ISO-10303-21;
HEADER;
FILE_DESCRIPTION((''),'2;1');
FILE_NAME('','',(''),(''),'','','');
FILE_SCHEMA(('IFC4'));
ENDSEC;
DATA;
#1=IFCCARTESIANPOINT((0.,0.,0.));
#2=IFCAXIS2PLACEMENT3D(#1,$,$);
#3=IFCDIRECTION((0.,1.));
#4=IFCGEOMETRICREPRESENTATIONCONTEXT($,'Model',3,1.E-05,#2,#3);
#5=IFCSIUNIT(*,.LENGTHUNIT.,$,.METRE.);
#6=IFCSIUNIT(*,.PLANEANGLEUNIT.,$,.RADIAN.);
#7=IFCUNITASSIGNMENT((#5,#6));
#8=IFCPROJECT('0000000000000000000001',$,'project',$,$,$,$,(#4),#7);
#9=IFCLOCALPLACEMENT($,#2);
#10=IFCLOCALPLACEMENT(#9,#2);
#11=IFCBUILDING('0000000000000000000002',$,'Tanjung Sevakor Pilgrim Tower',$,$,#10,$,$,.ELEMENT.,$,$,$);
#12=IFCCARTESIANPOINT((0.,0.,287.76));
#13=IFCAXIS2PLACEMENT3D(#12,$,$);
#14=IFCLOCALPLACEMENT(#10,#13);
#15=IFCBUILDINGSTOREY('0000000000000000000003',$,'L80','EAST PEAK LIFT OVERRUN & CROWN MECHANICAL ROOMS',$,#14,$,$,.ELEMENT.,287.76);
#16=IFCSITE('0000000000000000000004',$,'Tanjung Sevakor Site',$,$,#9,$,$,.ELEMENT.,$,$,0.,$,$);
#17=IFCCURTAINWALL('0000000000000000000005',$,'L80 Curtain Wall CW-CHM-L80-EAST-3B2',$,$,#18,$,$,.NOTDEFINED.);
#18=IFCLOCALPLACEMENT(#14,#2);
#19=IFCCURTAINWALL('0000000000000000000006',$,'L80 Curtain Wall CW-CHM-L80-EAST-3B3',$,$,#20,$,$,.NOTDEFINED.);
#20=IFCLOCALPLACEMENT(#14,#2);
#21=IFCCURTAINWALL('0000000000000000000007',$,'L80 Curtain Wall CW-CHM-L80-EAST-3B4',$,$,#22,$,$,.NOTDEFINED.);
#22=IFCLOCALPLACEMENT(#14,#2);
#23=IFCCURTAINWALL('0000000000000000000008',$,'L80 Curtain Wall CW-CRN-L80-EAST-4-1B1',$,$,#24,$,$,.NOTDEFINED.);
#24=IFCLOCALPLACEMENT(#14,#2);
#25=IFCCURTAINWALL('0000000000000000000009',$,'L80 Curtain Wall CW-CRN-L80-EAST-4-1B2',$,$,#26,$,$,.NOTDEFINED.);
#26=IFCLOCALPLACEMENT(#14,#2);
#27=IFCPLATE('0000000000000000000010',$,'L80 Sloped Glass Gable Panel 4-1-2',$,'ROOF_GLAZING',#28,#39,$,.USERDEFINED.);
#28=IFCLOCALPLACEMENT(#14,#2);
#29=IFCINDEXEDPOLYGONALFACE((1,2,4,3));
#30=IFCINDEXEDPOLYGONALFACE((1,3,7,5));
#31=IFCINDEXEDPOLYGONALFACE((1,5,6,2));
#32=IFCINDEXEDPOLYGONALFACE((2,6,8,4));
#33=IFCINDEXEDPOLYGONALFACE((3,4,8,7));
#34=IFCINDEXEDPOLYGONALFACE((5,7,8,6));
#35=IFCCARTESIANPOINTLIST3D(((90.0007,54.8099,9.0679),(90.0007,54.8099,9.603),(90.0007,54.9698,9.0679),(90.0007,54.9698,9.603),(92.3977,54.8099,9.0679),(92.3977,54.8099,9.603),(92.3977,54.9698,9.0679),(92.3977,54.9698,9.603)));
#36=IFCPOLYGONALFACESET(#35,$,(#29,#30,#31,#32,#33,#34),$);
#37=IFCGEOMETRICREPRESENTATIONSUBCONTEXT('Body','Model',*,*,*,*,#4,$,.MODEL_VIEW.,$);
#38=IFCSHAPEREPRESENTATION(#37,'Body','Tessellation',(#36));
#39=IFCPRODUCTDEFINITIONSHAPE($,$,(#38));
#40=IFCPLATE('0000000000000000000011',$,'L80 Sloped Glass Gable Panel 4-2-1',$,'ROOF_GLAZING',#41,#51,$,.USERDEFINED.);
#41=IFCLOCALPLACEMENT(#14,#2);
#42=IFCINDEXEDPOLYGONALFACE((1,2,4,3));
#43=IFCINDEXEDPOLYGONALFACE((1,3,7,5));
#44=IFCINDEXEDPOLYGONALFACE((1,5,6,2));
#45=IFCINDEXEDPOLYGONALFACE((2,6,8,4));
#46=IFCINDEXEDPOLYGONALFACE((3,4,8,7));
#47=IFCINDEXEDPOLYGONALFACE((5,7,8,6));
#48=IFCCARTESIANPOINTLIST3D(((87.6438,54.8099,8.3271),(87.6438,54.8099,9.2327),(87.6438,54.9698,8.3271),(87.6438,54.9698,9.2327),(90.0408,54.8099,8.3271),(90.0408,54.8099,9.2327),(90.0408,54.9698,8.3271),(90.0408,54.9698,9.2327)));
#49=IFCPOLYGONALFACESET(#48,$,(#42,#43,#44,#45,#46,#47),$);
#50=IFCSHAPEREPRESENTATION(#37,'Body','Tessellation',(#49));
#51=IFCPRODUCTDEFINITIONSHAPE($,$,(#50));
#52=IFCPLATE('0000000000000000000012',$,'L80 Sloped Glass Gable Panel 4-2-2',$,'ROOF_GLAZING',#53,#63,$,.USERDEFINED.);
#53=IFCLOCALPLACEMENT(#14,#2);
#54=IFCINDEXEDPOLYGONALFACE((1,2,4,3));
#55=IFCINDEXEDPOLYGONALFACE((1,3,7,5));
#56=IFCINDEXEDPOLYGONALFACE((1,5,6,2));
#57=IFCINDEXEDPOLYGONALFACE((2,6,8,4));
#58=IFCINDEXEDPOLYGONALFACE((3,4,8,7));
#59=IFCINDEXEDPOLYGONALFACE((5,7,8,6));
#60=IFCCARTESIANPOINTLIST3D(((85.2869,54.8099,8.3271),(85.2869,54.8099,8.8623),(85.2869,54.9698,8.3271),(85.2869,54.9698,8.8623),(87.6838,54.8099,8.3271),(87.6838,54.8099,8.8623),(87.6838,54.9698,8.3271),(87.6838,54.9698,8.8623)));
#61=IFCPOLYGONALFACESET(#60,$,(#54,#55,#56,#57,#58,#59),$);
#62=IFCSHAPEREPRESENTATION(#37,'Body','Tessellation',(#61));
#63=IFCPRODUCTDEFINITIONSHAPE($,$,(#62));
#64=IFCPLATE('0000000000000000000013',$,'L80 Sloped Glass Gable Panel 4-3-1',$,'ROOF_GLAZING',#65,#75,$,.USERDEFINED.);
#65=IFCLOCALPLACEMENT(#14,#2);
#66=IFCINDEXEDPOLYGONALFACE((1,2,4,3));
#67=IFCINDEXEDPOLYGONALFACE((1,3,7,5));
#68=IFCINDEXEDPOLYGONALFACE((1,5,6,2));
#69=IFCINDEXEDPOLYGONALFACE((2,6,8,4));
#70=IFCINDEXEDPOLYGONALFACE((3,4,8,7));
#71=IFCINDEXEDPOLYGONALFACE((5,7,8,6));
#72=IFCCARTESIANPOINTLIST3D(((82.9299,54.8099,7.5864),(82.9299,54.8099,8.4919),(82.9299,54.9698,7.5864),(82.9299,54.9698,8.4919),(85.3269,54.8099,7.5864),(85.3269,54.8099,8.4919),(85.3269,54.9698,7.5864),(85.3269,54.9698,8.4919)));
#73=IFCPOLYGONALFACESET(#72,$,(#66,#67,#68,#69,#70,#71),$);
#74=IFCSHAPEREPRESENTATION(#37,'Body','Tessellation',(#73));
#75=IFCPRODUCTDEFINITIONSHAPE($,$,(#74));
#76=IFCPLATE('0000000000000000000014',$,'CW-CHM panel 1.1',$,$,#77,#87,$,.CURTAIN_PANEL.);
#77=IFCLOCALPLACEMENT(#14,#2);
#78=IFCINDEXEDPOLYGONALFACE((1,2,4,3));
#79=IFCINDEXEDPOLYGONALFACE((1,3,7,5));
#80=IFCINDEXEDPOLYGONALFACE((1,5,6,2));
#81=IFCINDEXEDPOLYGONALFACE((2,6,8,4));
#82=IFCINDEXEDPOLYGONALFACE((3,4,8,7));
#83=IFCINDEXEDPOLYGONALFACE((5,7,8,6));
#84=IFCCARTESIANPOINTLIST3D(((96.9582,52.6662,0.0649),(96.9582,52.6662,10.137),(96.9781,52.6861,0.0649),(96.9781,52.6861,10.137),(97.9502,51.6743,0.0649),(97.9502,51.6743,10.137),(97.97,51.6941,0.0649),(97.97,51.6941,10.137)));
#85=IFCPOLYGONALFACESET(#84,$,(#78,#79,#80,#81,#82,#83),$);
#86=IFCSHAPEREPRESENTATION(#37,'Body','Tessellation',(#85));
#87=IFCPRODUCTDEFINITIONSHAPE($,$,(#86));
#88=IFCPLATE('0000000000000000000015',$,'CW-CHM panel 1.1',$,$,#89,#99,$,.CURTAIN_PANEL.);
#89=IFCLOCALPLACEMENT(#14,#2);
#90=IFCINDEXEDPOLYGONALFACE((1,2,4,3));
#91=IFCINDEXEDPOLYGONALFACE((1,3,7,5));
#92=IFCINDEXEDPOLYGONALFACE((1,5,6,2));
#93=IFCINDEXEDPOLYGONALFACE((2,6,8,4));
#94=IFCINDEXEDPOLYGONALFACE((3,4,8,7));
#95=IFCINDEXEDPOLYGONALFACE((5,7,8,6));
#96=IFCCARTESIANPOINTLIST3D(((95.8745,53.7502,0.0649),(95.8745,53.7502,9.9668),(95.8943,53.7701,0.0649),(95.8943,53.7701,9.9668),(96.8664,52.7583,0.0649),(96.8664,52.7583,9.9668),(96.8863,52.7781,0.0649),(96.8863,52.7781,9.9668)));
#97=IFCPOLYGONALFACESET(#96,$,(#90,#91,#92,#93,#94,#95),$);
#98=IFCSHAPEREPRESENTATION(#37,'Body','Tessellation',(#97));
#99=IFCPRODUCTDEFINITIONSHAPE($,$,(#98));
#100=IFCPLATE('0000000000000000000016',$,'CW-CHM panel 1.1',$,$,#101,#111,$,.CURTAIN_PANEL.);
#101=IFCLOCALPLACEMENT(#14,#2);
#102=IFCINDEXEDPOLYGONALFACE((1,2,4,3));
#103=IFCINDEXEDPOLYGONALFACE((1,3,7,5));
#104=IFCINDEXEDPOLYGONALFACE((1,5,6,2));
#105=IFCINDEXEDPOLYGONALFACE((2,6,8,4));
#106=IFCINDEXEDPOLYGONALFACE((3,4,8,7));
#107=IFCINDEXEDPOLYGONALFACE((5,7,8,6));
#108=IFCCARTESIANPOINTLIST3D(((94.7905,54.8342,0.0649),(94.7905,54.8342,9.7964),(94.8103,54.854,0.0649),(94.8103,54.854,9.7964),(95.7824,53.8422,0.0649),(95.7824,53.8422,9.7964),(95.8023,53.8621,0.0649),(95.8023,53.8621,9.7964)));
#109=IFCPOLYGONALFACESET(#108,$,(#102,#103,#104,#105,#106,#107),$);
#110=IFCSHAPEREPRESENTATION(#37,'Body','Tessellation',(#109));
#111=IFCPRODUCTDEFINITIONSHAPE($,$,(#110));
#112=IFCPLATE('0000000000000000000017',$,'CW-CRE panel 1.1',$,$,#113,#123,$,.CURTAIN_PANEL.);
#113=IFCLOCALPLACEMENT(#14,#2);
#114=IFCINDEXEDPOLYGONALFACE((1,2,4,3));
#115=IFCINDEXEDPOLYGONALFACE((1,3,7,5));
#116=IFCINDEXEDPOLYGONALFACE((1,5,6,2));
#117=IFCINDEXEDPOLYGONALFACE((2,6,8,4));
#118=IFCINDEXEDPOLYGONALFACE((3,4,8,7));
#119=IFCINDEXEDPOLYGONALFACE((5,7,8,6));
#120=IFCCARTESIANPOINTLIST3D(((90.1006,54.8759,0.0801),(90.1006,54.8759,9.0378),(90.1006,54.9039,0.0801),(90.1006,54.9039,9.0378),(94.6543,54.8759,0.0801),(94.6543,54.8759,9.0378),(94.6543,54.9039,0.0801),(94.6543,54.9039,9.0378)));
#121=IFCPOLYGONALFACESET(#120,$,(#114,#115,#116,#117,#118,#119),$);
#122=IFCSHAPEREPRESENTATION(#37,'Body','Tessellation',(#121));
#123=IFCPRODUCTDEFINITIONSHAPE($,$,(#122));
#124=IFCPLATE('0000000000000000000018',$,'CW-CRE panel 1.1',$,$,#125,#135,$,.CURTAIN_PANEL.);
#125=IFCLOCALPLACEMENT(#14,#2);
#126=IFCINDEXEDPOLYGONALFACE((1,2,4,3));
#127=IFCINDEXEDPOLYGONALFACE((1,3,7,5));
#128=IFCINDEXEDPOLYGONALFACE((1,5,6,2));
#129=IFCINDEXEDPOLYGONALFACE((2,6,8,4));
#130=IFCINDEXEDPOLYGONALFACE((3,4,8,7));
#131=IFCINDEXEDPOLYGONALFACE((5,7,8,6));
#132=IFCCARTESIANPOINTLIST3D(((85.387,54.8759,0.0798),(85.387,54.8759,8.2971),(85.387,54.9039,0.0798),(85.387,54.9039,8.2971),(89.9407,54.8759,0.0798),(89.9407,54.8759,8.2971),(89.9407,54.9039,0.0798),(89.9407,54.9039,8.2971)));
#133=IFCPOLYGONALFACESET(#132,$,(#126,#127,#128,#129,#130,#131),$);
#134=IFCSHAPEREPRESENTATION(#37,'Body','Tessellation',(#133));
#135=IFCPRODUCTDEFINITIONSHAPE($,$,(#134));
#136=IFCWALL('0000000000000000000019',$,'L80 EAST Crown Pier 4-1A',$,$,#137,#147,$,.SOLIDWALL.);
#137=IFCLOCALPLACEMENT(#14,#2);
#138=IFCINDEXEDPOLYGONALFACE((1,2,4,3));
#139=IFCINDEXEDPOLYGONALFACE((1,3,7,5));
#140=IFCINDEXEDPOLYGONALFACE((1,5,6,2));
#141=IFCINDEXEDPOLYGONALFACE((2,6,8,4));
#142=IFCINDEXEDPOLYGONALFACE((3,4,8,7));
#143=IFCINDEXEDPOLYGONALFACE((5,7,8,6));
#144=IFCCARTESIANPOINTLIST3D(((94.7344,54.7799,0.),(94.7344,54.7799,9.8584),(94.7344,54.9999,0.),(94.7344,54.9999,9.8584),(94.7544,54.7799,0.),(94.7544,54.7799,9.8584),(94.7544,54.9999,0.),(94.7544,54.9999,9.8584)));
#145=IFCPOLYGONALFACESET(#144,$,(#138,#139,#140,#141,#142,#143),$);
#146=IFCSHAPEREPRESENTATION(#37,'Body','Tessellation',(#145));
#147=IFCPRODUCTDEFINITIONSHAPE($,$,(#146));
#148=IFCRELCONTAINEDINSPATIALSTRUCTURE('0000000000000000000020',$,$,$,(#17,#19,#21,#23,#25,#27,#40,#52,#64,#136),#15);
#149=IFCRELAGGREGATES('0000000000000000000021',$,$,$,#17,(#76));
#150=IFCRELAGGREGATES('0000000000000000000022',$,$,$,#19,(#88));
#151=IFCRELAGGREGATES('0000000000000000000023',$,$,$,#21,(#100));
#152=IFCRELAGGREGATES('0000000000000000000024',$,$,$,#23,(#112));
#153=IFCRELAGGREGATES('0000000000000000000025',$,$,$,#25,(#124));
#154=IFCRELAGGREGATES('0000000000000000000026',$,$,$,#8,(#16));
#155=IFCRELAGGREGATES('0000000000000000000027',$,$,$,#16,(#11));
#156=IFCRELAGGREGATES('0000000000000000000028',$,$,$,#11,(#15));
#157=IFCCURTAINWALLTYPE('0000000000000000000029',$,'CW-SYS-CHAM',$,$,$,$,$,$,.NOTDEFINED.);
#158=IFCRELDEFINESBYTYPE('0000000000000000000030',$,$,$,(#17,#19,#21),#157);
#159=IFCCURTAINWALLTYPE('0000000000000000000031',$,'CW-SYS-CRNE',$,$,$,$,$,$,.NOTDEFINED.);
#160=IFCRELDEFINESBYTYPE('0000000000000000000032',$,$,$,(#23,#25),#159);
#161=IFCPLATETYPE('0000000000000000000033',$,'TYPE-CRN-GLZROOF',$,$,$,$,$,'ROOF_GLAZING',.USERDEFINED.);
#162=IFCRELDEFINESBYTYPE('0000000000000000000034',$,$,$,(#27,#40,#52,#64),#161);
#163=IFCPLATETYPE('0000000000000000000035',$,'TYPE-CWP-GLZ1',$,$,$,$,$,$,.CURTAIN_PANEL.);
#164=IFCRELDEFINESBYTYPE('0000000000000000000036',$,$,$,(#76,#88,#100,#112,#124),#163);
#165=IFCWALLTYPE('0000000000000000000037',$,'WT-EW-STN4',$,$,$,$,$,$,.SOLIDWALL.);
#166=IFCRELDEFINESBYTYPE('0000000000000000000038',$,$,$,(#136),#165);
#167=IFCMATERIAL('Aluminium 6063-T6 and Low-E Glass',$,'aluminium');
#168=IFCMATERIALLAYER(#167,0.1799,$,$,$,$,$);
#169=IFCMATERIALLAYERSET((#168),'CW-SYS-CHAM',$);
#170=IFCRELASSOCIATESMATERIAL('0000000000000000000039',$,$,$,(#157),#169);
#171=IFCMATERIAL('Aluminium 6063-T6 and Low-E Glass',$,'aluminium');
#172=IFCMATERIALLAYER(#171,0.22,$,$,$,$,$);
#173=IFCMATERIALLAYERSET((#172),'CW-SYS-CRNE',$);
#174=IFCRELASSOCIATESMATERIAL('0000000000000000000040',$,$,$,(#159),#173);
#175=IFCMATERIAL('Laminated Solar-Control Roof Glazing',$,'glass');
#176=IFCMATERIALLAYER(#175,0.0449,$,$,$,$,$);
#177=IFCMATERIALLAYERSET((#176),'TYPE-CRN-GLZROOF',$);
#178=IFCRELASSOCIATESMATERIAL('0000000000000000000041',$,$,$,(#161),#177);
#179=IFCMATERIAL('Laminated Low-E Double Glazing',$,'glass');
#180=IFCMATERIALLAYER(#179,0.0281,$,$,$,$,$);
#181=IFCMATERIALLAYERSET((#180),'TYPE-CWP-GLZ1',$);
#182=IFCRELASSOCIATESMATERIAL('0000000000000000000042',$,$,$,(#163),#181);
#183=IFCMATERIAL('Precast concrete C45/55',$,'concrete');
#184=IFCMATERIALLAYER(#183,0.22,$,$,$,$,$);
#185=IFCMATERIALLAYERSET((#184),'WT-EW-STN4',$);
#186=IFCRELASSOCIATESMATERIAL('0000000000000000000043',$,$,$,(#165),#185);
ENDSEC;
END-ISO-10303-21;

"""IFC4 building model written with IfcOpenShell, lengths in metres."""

from ifc_helpers import new_model, si_unit, direction, frame, frame_2d, origin, origin_2d, place, context, subcontext, project, spatial, rectangle, extrude, material, layer, layer_set, type_object, element, aggregate, save


model = new_model("IFC4")

# Units and contexts
model_context = context("Model", 3, precision=1e-05, world=origin(), true_north=direction((0.0, 1.0)))
body_context = subcontext(model_context, "Body", "Model", "MODEL_VIEW")
ifc_project = project(units=[si_unit("LENGTHUNIT", "METRE"), si_unit("PLANEANGLEUNIT", "RADIAN")], contexts=[model_context])

# Site, building, storey
site_placement = place(None, origin())
site = spatial("IfcSite", under=ifc_project, at=site_placement, Name="Tanjung Sevakor Site", CompositionType="ELEMENT", RefElevation=0.0)
building_placement = place(site_placement, origin())
building = spatial("IfcBuilding", under=site, at=building_placement, Name="Tanjung Sevakor Pilgrim Tower", CompositionType="ELEMENT")
storey_placement = place(building_placement, frame((0.0, 0.0, 287.76)))
storey = spatial("IfcBuildingStorey", under=building, at=storey_placement, Name="L80", Description="EAST PEAK LIFT OVERRUN & CROWN MECHANICAL ROOMS", CompositionType="ELEMENT", Elevation=287.76)

# Curtain wall
ifc_material_1 = material(Name="Aluminium 6063-T6 and Low-E Glass", Category="aluminium")
ifc_layer_1 = layer(ifc_material_1, 0.1799)
ifc_layer_set_1 = layer_set([ifc_layer_1], Name="CW-SYS-CHAM")
curtain_wall_type_1 = type_object("IfcCurtainWallType", Name="CW-SYS-CHAM", PredefinedType="NOTDEFINED", material=ifc_layer_set_1)
curtain_wall_1_placement = place(storey_placement, origin())
curtain_wall_1 = element("IfcCurtainWall", 1, at=curtain_wall_1_placement, inside=storey, type_object=curtain_wall_type_1, Name="L80 Curtain Wall CW-CHM-L80-EAST-3B2", PredefinedType="NOTDEFINED")

# Curtain walls
curtain_wall_2_placement = place(storey_placement, origin())
curtain_wall_2 = element("IfcCurtainWall", 2, at=curtain_wall_2_placement, inside=storey, type_object=curtain_wall_type_1, Name="L80 Curtain Wall CW-CHM-L80-EAST-3B3", PredefinedType="NOTDEFINED")
curtain_wall_3_placement = place(storey_placement, origin())
curtain_wall_3 = element("IfcCurtainWall", 3, at=curtain_wall_3_placement, inside=storey, type_object=curtain_wall_type_1, Name="L80 Curtain Wall CW-CHM-L80-EAST-3B4", PredefinedType="NOTDEFINED")
ifc_material_2 = material(Name="Aluminium 6063-T6 and Low-E Glass", Category="aluminium")
ifc_layer_2 = layer(ifc_material_2, 0.22)
ifc_layer_set_2 = layer_set([ifc_layer_2], Name="CW-SYS-CRNE")
curtain_wall_type_2 = type_object("IfcCurtainWallType", Name="CW-SYS-CRNE", PredefinedType="NOTDEFINED", material=ifc_layer_set_2)
curtain_wall_4_placement = place(storey_placement, origin())
curtain_wall_4 = element("IfcCurtainWall", 4, at=curtain_wall_4_placement, inside=storey, type_object=curtain_wall_type_2, Name="L80 Curtain Wall CW-CRN-L80-EAST-4-1B1", PredefinedType="NOTDEFINED")
curtain_wall_5_placement = place(storey_placement, origin())
curtain_wall_5 = element("IfcCurtainWall", 5, at=curtain_wall_5_placement, inside=storey, type_object=curtain_wall_type_2, Name="L80 Curtain Wall CW-CRN-L80-EAST-4-1B2", PredefinedType="NOTDEFINED")

# Plates
ifc_material_3 = material(Name="Laminated Solar-Control Roof Glazing", Category="glass")
ifc_layer_3 = layer(ifc_material_3, 0.0449)
ifc_layer_set_3 = layer_set([ifc_layer_3], Name="TYPE-CRN-GLZROOF")
plate_type_1 = type_object("IfcPlateType", Name="TYPE-CRN-GLZROOF", ElementType="ROOF_GLAZING", PredefinedType="USERDEFINED", material=ifc_layer_set_3)
plate_1_placement = place(storey_placement, frame((91.1992, 54.8899, 9.0679), z_axis=(0.0, 0.0, 1.0), x_axis=(-1.0, 0.0, 0.0)))
element("IfcPlate", 6, at=plate_1_placement, inside=storey, type_object=plate_type_1, Name="L80 Sloped Glass Gable Panel 4-1-2", ObjectType="ROOF_GLAZING", PredefinedType="USERDEFINED", context=body_context, shape_type="SweptSolid", body=[
    extrude(rectangle(XDim=2.397, YDim=0.1599, at=origin_2d()), origin(), (0.0, 0.0, 1.0), 0.5352),
])
plate_2_placement = place(storey_placement, frame((88.8423, 54.8899, 8.3271), z_axis=(0.0, 0.0, 1.0), x_axis=(-1.0, 0.0, 0.0)))
element("IfcPlate", 7, at=plate_2_placement, inside=storey, type_object=plate_type_1, Name="L80 Sloped Glass Gable Panel 4-2-1", ObjectType="ROOF_GLAZING", PredefinedType="USERDEFINED", context=body_context, shape_type="SweptSolid", body=[
    extrude(rectangle(XDim=2.397, YDim=0.1599, at=origin_2d()), origin(), (0.0, 0.0, 1.0), 0.9055),
])
plate_3_placement = place(storey_placement, frame((86.4854, 54.8899, 8.3271), z_axis=(0.0, 0.0, 1.0), x_axis=(-1.0, 0.0, 0.0)))
element("IfcPlate", 8, at=plate_3_placement, inside=storey, type_object=plate_type_1, Name="L80 Sloped Glass Gable Panel 4-2-2", ObjectType="ROOF_GLAZING", PredefinedType="USERDEFINED", context=body_context, shape_type="SweptSolid", body=[
    extrude(rectangle(XDim=2.397, YDim=0.1599, at=origin_2d()), origin(), (0.0, 0.0, 1.0), 0.5352),
])
plate_4_placement = place(storey_placement, frame((84.1284, 54.8899, 7.5864), z_axis=(0.0, 0.0, 1.0), x_axis=(-1.0, 0.0, 0.0)))
element("IfcPlate", 9, at=plate_4_placement, inside=storey, type_object=plate_type_1, Name="L80 Sloped Glass Gable Panel 4-3-1", ObjectType="ROOF_GLAZING", PredefinedType="USERDEFINED", context=body_context, shape_type="SweptSolid", body=[
    extrude(rectangle(XDim=2.397, YDim=0.1599, at=origin_2d()), origin(), (0.0, 0.0, 1.0), 0.9055),
])

# Plates
ifc_material_4 = material(Name="Laminated Low-E Double Glazing", Category="glass")
ifc_layer_4 = layer(ifc_material_4, 0.0281)
ifc_layer_set_4 = layer_set([ifc_layer_4], Name="TYPE-CWP-GLZ1")
plate_type_2 = type_object("IfcPlateType", Name="TYPE-CWP-GLZ1", PredefinedType="CURTAIN_PANEL", material=ifc_layer_set_4)
plate_5_placement = place(storey_placement, frame((97.4641, 52.1802, 0.0649), z_axis=(0.0, 0.0, 1.0), x_axis=(-0.707107, 0.707107, 0.0)))
plate_5 = element("IfcPlate", 10, at=plate_5_placement, type_object=plate_type_2, Name="CW-CHM panel 1.1", PredefinedType="CURTAIN_PANEL", context=body_context, shape_type="SweptSolid", body=[
    extrude(rectangle(XDim=1.4028, YDim=0.0281, at=origin_2d()), origin(), (0.0, 0.0, 1.0), 10.072),
])
aggregate(curtain_wall_1, [plate_5])
plate_6_placement = place(storey_placement, frame((96.3804, 53.2642, 0.0649), z_axis=(0.0, 0.0, 1.0), x_axis=(-0.707107, 0.707107, 0.0)))
plate_6 = element("IfcPlate", 11, at=plate_6_placement, type_object=plate_type_2, Name="CW-CHM panel 1.1", PredefinedType="CURTAIN_PANEL", context=body_context, shape_type="SweptSolid", body=[
    extrude(rectangle(XDim=1.4028, YDim=0.0281, at=origin_2d()), origin(), (0.0, 0.0, 1.0), 9.9019),
])
aggregate(curtain_wall_2, [plate_6])
plate_7_placement = place(storey_placement, frame((95.2964, 54.3481, 0.0649), z_axis=(0.0, 0.0, 1.0), x_axis=(-0.707107, 0.707107, 0.0)))
plate_7 = element("IfcPlate", 12, at=plate_7_placement, type_object=plate_type_2, Name="CW-CHM panel 1.1", PredefinedType="CURTAIN_PANEL", context=body_context, shape_type="SweptSolid", body=[
    extrude(rectangle(XDim=1.4028, YDim=0.0281, at=origin_2d()), origin(), (0.0, 0.0, 1.0), 9.7314),
])
aggregate(curtain_wall_3, [plate_7])
plate_8_placement = place(storey_placement, frame((92.3774, 54.8899, 0.0801), z_axis=(0.0, 0.0, 1.0), x_axis=(-1.0, 0.0, 0.0)))
plate_8 = element("IfcPlate", 13, at=plate_8_placement, type_object=plate_type_2, Name="CW-CRE panel 1.1", PredefinedType="CURTAIN_PANEL", context=body_context, shape_type="SweptSolid", body=[
    extrude(rectangle(XDim=4.5537, YDim=0.0281, at=origin_2d()), origin(), (0.0, 0.0, 1.0), 8.9578),
])
aggregate(curtain_wall_4, [plate_8])
plate_9_placement = place(storey_placement, frame((87.6638, 54.8899, 0.0798), z_axis=(0.0, 0.0, 1.0), x_axis=(-1.0, 0.0, 0.0)))
plate_9 = element("IfcPlate", 14, at=plate_9_placement, type_object=plate_type_2, Name="CW-CRE panel 1.1", PredefinedType="CURTAIN_PANEL", context=body_context, shape_type="SweptSolid", body=[
    extrude(rectangle(XDim=4.5537, YDim=0.0281, at=origin_2d()), origin(), (0.0, 0.0, 1.0), 8.2173),
])
aggregate(curtain_wall_5, [plate_9])

# Wall
ifc_material_5 = material(Name="Precast concrete C45/55", Category="concrete")
ifc_layer_5 = layer(ifc_material_5, 0.22)
ifc_layer_set_5 = layer_set([ifc_layer_5], Name="WT-EW-STN4")
wall_type = type_object("IfcWallType", Name="WT-EW-STN4", PredefinedType="SOLIDWALL", material=ifc_layer_set_5)
wall_placement = place(storey_placement, frame((94.7544, 54.8899, 0.0), z_axis=(0.0, 0.0, 1.0), x_axis=(-1.0, 0.0, 0.0)))
element("IfcWall", 15, at=wall_placement, inside=storey, type_object=wall_type, Name="L80 EAST Crown Pier 4-1A", PredefinedType="SOLIDWALL", context=body_context, shape_type="SweptSolid", body=[
    extrude(rectangle(XDim=0.02, YDim=0.22, at=frame_2d((0.01, 0.0))), origin(), (0.0, 0.0, 1.0), 9.8584),
])

save(model, "model.ifc")
